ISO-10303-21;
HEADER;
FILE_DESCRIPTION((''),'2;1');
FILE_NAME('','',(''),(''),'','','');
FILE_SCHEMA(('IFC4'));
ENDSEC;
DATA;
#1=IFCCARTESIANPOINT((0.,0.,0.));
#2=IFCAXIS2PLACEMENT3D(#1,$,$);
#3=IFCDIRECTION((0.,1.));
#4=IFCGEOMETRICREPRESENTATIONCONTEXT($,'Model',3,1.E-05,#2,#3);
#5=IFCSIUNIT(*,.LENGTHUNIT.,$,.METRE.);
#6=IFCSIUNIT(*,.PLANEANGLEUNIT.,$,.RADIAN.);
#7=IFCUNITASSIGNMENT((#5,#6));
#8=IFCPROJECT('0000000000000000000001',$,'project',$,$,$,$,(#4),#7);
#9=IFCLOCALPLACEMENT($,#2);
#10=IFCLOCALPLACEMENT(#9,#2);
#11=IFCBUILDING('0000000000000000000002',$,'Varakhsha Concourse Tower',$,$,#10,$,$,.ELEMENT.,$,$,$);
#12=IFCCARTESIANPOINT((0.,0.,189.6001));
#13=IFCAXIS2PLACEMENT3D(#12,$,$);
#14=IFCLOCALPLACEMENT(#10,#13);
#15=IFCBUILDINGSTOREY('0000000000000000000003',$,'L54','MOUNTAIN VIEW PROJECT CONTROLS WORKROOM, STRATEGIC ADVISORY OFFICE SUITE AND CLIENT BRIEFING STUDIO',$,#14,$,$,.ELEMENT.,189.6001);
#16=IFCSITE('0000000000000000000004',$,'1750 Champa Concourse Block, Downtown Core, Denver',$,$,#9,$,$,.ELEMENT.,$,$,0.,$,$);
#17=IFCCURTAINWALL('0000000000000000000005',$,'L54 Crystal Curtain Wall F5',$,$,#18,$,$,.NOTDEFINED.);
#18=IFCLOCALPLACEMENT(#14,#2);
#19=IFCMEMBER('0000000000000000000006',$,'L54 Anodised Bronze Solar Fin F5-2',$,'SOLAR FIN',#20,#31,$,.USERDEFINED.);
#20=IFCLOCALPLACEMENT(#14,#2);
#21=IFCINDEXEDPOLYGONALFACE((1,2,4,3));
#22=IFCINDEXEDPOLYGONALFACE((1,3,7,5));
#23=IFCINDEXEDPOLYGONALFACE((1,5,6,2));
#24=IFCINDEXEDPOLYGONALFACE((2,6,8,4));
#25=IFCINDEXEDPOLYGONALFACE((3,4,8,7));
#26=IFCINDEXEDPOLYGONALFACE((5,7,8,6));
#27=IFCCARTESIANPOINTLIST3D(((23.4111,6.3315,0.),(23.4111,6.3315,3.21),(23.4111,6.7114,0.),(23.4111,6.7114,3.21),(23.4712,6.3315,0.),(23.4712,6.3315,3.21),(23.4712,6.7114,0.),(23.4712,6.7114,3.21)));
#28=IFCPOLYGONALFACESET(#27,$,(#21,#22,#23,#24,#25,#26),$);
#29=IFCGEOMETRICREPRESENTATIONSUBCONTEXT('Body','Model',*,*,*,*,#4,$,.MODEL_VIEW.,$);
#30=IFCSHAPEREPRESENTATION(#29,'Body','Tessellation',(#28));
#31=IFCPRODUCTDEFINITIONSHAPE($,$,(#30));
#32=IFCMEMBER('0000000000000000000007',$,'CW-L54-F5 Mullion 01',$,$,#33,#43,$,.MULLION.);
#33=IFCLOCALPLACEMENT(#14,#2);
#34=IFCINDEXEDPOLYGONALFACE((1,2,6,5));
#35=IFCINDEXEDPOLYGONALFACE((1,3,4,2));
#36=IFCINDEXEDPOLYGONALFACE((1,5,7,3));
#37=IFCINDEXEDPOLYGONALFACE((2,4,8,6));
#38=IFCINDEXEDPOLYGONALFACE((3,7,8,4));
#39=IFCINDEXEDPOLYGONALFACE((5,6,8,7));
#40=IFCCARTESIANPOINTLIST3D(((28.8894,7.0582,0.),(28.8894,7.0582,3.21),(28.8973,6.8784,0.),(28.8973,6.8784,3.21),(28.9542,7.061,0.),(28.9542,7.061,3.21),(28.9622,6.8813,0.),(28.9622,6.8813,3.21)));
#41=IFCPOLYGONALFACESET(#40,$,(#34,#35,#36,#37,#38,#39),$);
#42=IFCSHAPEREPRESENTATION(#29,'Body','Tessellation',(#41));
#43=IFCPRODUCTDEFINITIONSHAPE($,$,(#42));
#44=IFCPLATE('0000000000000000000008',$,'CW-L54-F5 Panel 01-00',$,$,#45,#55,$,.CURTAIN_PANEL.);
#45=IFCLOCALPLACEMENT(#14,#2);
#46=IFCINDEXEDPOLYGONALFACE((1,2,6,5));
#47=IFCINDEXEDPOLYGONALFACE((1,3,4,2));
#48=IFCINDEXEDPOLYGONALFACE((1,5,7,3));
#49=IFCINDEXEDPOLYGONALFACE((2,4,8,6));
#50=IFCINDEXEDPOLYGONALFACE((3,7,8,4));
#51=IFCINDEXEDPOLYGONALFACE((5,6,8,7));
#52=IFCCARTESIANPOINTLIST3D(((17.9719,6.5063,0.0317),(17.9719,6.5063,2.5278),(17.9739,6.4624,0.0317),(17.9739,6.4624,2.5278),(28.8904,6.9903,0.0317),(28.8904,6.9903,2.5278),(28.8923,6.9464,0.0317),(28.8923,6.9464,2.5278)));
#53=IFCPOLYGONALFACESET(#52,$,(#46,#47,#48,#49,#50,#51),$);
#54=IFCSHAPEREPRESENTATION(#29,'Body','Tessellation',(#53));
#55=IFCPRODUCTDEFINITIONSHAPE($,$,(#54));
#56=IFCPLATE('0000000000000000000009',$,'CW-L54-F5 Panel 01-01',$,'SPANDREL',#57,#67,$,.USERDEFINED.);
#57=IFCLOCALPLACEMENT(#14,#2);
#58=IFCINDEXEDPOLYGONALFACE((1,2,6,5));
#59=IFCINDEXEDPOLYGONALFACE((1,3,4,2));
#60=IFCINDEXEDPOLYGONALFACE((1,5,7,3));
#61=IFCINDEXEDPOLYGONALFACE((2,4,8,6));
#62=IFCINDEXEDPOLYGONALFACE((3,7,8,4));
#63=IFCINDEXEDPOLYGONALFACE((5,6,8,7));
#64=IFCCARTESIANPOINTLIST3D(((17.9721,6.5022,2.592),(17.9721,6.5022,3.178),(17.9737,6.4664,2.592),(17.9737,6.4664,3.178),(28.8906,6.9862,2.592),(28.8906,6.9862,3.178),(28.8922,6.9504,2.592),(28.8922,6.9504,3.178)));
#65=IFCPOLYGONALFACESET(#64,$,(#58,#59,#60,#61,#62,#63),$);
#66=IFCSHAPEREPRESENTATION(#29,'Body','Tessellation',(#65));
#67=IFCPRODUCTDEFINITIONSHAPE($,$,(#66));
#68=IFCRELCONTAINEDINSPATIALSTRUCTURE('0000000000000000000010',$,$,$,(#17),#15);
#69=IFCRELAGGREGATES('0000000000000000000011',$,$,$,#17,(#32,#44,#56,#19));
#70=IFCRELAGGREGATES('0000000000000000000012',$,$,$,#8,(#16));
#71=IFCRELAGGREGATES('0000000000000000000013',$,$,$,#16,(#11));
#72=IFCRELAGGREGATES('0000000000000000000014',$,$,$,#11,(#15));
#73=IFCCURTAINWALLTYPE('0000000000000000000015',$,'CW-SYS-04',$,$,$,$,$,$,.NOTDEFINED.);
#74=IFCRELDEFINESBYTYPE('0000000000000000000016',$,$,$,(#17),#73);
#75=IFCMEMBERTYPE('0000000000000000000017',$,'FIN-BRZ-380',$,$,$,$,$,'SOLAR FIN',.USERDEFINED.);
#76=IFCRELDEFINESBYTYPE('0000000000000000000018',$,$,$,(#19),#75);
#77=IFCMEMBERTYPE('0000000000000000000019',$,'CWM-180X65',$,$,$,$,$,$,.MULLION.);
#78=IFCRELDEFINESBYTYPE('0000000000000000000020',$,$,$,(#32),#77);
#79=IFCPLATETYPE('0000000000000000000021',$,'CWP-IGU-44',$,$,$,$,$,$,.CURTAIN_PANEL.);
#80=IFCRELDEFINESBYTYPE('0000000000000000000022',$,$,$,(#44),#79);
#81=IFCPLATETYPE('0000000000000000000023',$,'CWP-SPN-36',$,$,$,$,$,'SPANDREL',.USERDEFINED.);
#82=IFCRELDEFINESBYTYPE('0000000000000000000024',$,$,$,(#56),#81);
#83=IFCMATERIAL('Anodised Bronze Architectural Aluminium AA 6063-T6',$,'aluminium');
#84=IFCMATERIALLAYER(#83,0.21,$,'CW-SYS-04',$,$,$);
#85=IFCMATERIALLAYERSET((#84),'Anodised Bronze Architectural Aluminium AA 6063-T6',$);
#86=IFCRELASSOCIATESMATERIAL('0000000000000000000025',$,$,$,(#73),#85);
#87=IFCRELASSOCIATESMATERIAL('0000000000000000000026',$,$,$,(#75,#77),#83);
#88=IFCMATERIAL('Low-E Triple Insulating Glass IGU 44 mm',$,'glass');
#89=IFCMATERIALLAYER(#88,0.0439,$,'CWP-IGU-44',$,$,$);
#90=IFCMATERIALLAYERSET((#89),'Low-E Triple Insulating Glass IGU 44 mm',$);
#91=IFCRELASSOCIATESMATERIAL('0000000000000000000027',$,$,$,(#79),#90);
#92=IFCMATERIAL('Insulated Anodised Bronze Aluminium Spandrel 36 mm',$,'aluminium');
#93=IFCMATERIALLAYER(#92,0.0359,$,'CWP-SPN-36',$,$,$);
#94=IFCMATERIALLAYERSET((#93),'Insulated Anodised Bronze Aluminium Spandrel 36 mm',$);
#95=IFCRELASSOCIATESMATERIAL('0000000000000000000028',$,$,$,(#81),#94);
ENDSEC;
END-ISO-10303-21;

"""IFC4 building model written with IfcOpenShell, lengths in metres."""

from ifc_helpers import new_model, si_unit, direction, frame, origin, origin_2d, place, context, subcontext, project, spatial, rectangle, extrude, source, transform, mapped, material, layer, layer_set, material_profile, profile_set, type_object, type_shapes, element, aggregate, save


model = new_model("IFC4")

# Units and contexts
model_context = context("Model", 3, precision=1e-05, world=origin(), true_north=direction((0.0, 1.0)))
body_context = subcontext(model_context, "Body", "Model", "MODEL_VIEW")
ifc_project = project(units=[si_unit("LENGTHUNIT", "METRE"), si_unit("PLANEANGLEUNIT", "RADIAN")], contexts=[model_context])

# Site, building, storey
site_placement = place(None, origin())
site = spatial("IfcSite", under=ifc_project, at=site_placement, Name="1750 Champa Concourse Block, Downtown Core, Denver", CompositionType="ELEMENT", RefElevation=0.0)
building_placement = place(site_placement, origin())
building = spatial("IfcBuilding", under=site, at=building_placement, Name="Varakhsha Concourse Tower", CompositionType="ELEMENT")
storey_placement = place(building_placement, frame((0.0, 0.0, 189.6001)))
storey = spatial("IfcBuildingStorey", under=building, at=storey_placement, Name="L54", Description="MOUNTAIN VIEW PROJECT CONTROLS WORKROOM, STRATEGIC ADVISORY OFFICE SUITE AND CLIENT BRIEFING STUDIO", CompositionType="ELEMENT", Elevation=189.6001)

# Curtain wall, members, plates
ifc_material_1 = material(Name="Anodised Bronze Architectural Aluminium AA 6063-T6", Category="aluminium")
ifc_layer_1 = layer(ifc_material_1, 0.21, Name="CW-SYS-04")
ifc_layer_set_1 = layer_set([ifc_layer_1], Name="Anodised Bronze Architectural Aluminium AA 6063-T6")
curtain_wall_type = type_object("IfcCurtainWallType", Name="CW-SYS-04", PredefinedType="NOTDEFINED", material=ifc_layer_set_1)
curtain_wall_placement = place(storey_placement, origin())
curtain_wall = element("IfcCurtainWall", 1, at=curtain_wall_placement, inside=storey, type_object=curtain_wall_type, Name="L54 Crystal Curtain Wall F5", PredefinedType="NOTDEFINED")
ifc_material_profile_1 = material_profile(ifc_material_1, rectangle(XDim=0.0601, YDim=0.3799, at=origin_2d()), Name="FIN-BRZ-380")
ifc_profile_set_1 = profile_set([ifc_material_profile_1], Name="Anodised Bronze Architectural Aluminium AA 6063-T6")
member_type_1 = type_object("IfcMemberType", Name="FIN-BRZ-380", ElementType="SOLAR FIN", PredefinedType="USERDEFINED", material=ifc_profile_set_1)
shared_shape_1 = source(origin(), body_context, "Body", "SweptSolid", [
    extrude(rectangle(XDim=0.0601, YDim=0.3799, at=origin_2d()), origin(), (0.0, 0.0, 1.0), 3.21),
])
type_shapes(member_type_1, [shared_shape_1])
member_1_placement = place(storey_placement, frame((23.4412, 6.5215, 0.0), z_axis=(0.0, 0.0, 1.0), x_axis=(1.0, 0.0, 0.0)))
member_1 = element("IfcMember", 2, at=member_1_placement, type_object=member_type_1, Name="L54 Anodised Bronze Solar Fin F5-2", ObjectType="SOLAR FIN", PredefinedType="USERDEFINED", context=body_context, shape_type="MappedRepresentation", body=[
    mapped(shared_shape_1, transform((0.0, 0.0, 0.0), scale=1.0)),
])
ifc_material_profile_2 = material_profile(ifc_material_1, rectangle(XDim=0.0649, YDim=0.1799, at=origin_2d()), Name="CWM-180X65")
ifc_profile_set_2 = profile_set([ifc_material_profile_2], Name="Anodised Bronze Architectural Aluminium AA 6063-T6")
member_type_2 = type_object("IfcMemberType", Name="CWM-180X65", PredefinedType="MULLION", material=ifc_profile_set_2)
shared_shape_2 = source(origin(), body_context, "Body", "SweptSolid", [
    extrude(rectangle(XDim=0.0649, YDim=0.1799, at=origin_2d()), origin(), (0.0, 0.0, 1.0), 3.21),
])
type_shapes(member_type_2, [shared_shape_2])
member_2_placement = place(storey_placement, frame((28.9258, 6.9697, 0.0), z_axis=(0.0, 0.0, 1.0), x_axis=(-0.999019, -0.044285, 0.0)))
member_2 = element("IfcMember", 3, at=member_2_placement, type_object=member_type_2, Name="CW-L54-F5 Mullion 01", PredefinedType="MULLION", context=body_context, shape_type="MappedRepresentation", body=[
    mapped(shared_shape_2, transform((0.0, 0.0, 0.0), scale=1.0)),
])
ifc_material_2 = material(Name="Low-E Triple Insulating Glass IGU 44 mm", Category="glass")
ifc_layer_2 = layer(ifc_material_2, 0.0439, Name="CWP-IGU-44")
ifc_layer_set_2 = layer_set([ifc_layer_2], Name="Low-E Triple Insulating Glass IGU 44 mm")
plate_type_1 = type_object("IfcPlateType", Name="CWP-IGU-44", PredefinedType="CURTAIN_PANEL", material=ifc_layer_set_2)
shared_shape_3 = source(origin(), body_context, "Body", "SweptSolid", [
    extrude(rectangle(XDim=10.9292, YDim=0.0439, at=origin_2d()), origin(), (0.0, 0.0, 1.0), 2.4961),
])
type_shapes(plate_type_1, [shared_shape_3])
plate_1_placement = place(storey_placement, frame((23.4321, 6.7263, 0.0317), z_axis=(0.0, 0.0, 1.0), x_axis=(-0.999019, -0.044285, 0.0)))
plate_1 = element("IfcPlate", 4, at=plate_1_placement, type_object=plate_type_1, Name="CW-L54-F5 Panel 01-00", PredefinedType="CURTAIN_PANEL", context=body_context, shape_type="MappedRepresentation", body=[
    mapped(shared_shape_3, transform((0.0, 0.0, 0.0), scale=1.0)),
])
ifc_material_3 = material(Name="Insulated Anodised Bronze Aluminium Spandrel 36 mm", Category="aluminium")
ifc_layer_3 = layer(ifc_material_3, 0.0359, Name="CWP-SPN-36")
ifc_layer_set_3 = layer_set([ifc_layer_3], Name="Insulated Anodised Bronze Aluminium Spandrel 36 mm")
plate_type_2 = type_object("IfcPlateType", Name="CWP-SPN-36", ElementType="SPANDREL", PredefinedType="USERDEFINED", material=ifc_layer_set_3)
shared_shape_4 = source(origin(), body_context, "Body", "SweptSolid", [
    extrude(rectangle(XDim=10.9292, YDim=0.0359, at=origin_2d()), origin(), (0.0, 0.0, 1.0), 0.5859),
])
type_shapes(plate_type_2, [shared_shape_4])
plate_2_placement = place(storey_placement, frame((23.4321, 6.7263, 2.592), z_axis=(0.0, 0.0, 1.0), x_axis=(-0.999019, -0.044285, 0.0)))
plate_2 = element("IfcPlate", 5, at=plate_2_placement, type_object=plate_type_2, Name="CW-L54-F5 Panel 01-01", ObjectType="SPANDREL", PredefinedType="USERDEFINED", context=body_context, shape_type="MappedRepresentation", body=[
    mapped(shared_shape_4, transform((0.0, 0.0, 0.0), scale=1.0)),
])
aggregate(curtain_wall, [member_2, plate_1, plate_2, member_1])

save(model, "model.ifc")
